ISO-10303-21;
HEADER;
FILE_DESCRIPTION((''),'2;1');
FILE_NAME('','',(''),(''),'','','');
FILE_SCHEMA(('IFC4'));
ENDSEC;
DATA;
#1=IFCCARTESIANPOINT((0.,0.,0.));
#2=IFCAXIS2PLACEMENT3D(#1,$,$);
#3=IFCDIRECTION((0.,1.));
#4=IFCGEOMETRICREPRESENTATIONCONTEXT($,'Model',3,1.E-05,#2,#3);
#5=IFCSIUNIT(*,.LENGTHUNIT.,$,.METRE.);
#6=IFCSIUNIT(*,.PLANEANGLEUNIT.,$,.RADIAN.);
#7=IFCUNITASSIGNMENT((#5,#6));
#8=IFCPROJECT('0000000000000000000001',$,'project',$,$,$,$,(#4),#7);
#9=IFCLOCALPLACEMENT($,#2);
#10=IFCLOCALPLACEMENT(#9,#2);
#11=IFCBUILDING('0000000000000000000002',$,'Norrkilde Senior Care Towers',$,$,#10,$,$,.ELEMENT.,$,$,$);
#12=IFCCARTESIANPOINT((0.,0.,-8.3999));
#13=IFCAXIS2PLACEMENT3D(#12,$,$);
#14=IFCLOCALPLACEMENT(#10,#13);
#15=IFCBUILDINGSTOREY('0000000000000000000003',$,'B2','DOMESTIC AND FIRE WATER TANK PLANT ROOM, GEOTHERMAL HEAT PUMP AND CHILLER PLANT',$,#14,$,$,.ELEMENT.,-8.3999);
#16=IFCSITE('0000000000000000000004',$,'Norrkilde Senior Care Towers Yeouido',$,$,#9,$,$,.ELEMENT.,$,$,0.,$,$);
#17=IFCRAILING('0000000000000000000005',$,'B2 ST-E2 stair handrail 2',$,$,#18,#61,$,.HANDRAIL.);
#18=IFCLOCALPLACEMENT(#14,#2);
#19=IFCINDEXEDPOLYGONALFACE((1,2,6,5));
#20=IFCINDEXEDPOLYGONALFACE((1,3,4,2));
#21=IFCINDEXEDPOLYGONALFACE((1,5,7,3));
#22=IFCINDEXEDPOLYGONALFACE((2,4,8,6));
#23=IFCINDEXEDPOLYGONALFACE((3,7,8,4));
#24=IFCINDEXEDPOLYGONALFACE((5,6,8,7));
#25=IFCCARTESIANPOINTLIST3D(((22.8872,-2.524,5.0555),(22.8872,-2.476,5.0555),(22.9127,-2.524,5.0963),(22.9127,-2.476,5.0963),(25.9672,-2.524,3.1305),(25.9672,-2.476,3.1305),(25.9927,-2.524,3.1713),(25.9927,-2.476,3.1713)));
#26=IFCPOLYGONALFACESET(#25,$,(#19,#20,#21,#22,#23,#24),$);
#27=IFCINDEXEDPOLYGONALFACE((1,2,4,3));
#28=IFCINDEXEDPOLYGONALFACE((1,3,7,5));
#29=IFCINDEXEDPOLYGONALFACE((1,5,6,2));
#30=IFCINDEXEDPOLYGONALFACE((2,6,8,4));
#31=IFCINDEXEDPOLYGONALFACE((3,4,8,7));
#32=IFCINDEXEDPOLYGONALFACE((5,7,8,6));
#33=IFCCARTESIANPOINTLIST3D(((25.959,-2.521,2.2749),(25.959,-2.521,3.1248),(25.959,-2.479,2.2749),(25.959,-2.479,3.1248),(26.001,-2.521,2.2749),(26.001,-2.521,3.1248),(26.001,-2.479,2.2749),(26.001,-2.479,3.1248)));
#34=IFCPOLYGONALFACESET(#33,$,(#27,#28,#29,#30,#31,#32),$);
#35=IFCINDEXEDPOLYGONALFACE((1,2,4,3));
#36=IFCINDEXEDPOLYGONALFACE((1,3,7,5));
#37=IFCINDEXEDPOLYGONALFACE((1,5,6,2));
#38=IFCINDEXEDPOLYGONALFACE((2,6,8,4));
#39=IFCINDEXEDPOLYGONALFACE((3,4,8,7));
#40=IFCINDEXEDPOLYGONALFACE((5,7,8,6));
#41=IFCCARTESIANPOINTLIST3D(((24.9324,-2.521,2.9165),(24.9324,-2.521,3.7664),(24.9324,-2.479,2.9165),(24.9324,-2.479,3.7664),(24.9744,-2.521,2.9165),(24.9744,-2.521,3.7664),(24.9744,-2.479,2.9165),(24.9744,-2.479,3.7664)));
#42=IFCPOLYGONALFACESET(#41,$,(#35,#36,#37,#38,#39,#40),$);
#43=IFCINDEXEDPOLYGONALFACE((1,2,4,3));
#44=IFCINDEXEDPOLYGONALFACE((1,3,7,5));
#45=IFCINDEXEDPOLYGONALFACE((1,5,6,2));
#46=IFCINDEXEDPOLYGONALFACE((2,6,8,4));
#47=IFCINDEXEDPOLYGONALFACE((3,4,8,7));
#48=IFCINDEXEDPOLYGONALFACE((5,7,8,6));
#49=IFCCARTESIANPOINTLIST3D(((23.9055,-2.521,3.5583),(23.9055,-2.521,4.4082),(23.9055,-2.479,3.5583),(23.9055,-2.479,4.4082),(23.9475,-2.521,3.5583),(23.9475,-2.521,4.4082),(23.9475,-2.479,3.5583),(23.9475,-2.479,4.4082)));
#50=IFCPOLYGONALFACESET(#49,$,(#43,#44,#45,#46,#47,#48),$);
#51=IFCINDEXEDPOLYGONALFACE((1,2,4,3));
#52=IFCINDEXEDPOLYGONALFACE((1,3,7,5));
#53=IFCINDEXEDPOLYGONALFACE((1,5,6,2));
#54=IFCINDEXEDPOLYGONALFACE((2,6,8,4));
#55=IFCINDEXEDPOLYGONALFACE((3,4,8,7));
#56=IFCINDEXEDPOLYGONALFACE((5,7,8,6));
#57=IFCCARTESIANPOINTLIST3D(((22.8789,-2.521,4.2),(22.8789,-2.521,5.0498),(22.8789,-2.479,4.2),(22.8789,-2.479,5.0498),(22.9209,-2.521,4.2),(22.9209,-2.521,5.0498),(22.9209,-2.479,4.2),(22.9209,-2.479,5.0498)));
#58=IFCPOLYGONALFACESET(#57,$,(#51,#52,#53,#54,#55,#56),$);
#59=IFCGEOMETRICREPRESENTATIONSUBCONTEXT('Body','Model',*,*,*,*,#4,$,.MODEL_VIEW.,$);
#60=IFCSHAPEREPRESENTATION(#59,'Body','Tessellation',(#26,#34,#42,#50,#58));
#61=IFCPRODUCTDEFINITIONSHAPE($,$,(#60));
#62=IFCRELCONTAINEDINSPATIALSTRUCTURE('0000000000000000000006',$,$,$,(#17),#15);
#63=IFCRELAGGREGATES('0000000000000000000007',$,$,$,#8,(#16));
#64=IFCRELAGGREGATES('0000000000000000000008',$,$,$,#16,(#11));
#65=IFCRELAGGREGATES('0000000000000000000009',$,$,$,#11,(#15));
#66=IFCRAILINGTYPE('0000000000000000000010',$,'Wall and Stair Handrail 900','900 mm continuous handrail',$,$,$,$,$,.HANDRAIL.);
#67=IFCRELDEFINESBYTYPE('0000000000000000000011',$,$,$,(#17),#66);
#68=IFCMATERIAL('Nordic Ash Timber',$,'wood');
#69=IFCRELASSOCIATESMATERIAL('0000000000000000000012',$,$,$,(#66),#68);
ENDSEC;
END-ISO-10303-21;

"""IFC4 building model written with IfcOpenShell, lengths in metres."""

from ifc_helpers import new_model, si_unit, direction, frame, origin, origin_2d, place, context, subcontext, project, spatial, rectangle, extrude, material, type_object, element, save


model = new_model("IFC4")

# Units and contexts
model_context = context("Model", 3, precision=1e-05, world=origin(), true_north=direction((0.0, 1.0)))
body_context = subcontext(model_context, "Body", "Model", "MODEL_VIEW")
ifc_project = project(units=[si_unit("LENGTHUNIT", "METRE"), si_unit("PLANEANGLEUNIT", "RADIAN")], contexts=[model_context])

# Site, building, storey
site_placement = place(None, origin())
site = spatial("IfcSite", under=ifc_project, at=site_placement, Name="Norrkilde Senior Care Towers Yeouido", CompositionType="ELEMENT", RefElevation=0.0)
building_placement = place(site_placement, origin())
building = spatial("IfcBuilding", under=site, at=building_placement, Name="Norrkilde Senior Care Towers", CompositionType="ELEMENT")
storey_placement = place(building_placement, frame((0.0, 0.0, -8.3999)))
storey = spatial("IfcBuildingStorey", under=building, at=storey_placement, Name="B2", Description="DOMESTIC AND FIRE WATER TANK PLANT ROOM, GEOTHERMAL HEAT PUMP AND CHILLER PLANT", CompositionType="ELEMENT", Elevation=-8.3999)

# Railing
ifc_material_1 = material(Name="Nordic Ash Timber", Category="wood")
railing_type_1 = type_object("IfcRailingType", Name="Wall and Stair Handrail 900", Description="900 mm continuous handrail", PredefinedType="HANDRAIL", material=ifc_material_1)
railing_1_placement = place(storey_placement, frame((25.98, -2.5, 2.2749)))
element("IfcRailing", 1, at=railing_1_placement, inside=storey, type_object=railing_type_1, Name="B2 ST-E2 stair handrail 2", PredefinedType="HANDRAIL", context=body_context, shape_type="SweptSolid", body=[
    extrude(rectangle(XDim=0.0481, YDim=0.0481, at=origin_2d()), frame((0.0, 0.0, 0.876), z_axis=(-0.847998, 0.0, 0.529999), x_axis=(0.0, -1.0, 0.0)), (0.0, 0.0, 1.0), 3.6321),
    extrude(rectangle(XDim=0.042, YDim=0.042, at=origin_2d()), origin(), (0.0, 0.0, 1.0), 0.8499),
    extrude(rectangle(XDim=0.042, YDim=0.042, at=origin_2d()), frame((-1.0266, 0.0, 0.6416)), (0.0, 0.0, 1.0), 0.8499),
    extrude(rectangle(XDim=0.042, YDim=0.042, at=origin_2d()), frame((-2.0535, 0.0, 1.2834)), (0.0, 0.0, 1.0), 0.8499),
    extrude(rectangle(XDim=0.042, YDim=0.042, at=origin_2d()), frame((-3.0801, 0.0, 1.925)), (0.0, 0.0, 1.0), 0.8499),
])

save(model, "model.ifc")
